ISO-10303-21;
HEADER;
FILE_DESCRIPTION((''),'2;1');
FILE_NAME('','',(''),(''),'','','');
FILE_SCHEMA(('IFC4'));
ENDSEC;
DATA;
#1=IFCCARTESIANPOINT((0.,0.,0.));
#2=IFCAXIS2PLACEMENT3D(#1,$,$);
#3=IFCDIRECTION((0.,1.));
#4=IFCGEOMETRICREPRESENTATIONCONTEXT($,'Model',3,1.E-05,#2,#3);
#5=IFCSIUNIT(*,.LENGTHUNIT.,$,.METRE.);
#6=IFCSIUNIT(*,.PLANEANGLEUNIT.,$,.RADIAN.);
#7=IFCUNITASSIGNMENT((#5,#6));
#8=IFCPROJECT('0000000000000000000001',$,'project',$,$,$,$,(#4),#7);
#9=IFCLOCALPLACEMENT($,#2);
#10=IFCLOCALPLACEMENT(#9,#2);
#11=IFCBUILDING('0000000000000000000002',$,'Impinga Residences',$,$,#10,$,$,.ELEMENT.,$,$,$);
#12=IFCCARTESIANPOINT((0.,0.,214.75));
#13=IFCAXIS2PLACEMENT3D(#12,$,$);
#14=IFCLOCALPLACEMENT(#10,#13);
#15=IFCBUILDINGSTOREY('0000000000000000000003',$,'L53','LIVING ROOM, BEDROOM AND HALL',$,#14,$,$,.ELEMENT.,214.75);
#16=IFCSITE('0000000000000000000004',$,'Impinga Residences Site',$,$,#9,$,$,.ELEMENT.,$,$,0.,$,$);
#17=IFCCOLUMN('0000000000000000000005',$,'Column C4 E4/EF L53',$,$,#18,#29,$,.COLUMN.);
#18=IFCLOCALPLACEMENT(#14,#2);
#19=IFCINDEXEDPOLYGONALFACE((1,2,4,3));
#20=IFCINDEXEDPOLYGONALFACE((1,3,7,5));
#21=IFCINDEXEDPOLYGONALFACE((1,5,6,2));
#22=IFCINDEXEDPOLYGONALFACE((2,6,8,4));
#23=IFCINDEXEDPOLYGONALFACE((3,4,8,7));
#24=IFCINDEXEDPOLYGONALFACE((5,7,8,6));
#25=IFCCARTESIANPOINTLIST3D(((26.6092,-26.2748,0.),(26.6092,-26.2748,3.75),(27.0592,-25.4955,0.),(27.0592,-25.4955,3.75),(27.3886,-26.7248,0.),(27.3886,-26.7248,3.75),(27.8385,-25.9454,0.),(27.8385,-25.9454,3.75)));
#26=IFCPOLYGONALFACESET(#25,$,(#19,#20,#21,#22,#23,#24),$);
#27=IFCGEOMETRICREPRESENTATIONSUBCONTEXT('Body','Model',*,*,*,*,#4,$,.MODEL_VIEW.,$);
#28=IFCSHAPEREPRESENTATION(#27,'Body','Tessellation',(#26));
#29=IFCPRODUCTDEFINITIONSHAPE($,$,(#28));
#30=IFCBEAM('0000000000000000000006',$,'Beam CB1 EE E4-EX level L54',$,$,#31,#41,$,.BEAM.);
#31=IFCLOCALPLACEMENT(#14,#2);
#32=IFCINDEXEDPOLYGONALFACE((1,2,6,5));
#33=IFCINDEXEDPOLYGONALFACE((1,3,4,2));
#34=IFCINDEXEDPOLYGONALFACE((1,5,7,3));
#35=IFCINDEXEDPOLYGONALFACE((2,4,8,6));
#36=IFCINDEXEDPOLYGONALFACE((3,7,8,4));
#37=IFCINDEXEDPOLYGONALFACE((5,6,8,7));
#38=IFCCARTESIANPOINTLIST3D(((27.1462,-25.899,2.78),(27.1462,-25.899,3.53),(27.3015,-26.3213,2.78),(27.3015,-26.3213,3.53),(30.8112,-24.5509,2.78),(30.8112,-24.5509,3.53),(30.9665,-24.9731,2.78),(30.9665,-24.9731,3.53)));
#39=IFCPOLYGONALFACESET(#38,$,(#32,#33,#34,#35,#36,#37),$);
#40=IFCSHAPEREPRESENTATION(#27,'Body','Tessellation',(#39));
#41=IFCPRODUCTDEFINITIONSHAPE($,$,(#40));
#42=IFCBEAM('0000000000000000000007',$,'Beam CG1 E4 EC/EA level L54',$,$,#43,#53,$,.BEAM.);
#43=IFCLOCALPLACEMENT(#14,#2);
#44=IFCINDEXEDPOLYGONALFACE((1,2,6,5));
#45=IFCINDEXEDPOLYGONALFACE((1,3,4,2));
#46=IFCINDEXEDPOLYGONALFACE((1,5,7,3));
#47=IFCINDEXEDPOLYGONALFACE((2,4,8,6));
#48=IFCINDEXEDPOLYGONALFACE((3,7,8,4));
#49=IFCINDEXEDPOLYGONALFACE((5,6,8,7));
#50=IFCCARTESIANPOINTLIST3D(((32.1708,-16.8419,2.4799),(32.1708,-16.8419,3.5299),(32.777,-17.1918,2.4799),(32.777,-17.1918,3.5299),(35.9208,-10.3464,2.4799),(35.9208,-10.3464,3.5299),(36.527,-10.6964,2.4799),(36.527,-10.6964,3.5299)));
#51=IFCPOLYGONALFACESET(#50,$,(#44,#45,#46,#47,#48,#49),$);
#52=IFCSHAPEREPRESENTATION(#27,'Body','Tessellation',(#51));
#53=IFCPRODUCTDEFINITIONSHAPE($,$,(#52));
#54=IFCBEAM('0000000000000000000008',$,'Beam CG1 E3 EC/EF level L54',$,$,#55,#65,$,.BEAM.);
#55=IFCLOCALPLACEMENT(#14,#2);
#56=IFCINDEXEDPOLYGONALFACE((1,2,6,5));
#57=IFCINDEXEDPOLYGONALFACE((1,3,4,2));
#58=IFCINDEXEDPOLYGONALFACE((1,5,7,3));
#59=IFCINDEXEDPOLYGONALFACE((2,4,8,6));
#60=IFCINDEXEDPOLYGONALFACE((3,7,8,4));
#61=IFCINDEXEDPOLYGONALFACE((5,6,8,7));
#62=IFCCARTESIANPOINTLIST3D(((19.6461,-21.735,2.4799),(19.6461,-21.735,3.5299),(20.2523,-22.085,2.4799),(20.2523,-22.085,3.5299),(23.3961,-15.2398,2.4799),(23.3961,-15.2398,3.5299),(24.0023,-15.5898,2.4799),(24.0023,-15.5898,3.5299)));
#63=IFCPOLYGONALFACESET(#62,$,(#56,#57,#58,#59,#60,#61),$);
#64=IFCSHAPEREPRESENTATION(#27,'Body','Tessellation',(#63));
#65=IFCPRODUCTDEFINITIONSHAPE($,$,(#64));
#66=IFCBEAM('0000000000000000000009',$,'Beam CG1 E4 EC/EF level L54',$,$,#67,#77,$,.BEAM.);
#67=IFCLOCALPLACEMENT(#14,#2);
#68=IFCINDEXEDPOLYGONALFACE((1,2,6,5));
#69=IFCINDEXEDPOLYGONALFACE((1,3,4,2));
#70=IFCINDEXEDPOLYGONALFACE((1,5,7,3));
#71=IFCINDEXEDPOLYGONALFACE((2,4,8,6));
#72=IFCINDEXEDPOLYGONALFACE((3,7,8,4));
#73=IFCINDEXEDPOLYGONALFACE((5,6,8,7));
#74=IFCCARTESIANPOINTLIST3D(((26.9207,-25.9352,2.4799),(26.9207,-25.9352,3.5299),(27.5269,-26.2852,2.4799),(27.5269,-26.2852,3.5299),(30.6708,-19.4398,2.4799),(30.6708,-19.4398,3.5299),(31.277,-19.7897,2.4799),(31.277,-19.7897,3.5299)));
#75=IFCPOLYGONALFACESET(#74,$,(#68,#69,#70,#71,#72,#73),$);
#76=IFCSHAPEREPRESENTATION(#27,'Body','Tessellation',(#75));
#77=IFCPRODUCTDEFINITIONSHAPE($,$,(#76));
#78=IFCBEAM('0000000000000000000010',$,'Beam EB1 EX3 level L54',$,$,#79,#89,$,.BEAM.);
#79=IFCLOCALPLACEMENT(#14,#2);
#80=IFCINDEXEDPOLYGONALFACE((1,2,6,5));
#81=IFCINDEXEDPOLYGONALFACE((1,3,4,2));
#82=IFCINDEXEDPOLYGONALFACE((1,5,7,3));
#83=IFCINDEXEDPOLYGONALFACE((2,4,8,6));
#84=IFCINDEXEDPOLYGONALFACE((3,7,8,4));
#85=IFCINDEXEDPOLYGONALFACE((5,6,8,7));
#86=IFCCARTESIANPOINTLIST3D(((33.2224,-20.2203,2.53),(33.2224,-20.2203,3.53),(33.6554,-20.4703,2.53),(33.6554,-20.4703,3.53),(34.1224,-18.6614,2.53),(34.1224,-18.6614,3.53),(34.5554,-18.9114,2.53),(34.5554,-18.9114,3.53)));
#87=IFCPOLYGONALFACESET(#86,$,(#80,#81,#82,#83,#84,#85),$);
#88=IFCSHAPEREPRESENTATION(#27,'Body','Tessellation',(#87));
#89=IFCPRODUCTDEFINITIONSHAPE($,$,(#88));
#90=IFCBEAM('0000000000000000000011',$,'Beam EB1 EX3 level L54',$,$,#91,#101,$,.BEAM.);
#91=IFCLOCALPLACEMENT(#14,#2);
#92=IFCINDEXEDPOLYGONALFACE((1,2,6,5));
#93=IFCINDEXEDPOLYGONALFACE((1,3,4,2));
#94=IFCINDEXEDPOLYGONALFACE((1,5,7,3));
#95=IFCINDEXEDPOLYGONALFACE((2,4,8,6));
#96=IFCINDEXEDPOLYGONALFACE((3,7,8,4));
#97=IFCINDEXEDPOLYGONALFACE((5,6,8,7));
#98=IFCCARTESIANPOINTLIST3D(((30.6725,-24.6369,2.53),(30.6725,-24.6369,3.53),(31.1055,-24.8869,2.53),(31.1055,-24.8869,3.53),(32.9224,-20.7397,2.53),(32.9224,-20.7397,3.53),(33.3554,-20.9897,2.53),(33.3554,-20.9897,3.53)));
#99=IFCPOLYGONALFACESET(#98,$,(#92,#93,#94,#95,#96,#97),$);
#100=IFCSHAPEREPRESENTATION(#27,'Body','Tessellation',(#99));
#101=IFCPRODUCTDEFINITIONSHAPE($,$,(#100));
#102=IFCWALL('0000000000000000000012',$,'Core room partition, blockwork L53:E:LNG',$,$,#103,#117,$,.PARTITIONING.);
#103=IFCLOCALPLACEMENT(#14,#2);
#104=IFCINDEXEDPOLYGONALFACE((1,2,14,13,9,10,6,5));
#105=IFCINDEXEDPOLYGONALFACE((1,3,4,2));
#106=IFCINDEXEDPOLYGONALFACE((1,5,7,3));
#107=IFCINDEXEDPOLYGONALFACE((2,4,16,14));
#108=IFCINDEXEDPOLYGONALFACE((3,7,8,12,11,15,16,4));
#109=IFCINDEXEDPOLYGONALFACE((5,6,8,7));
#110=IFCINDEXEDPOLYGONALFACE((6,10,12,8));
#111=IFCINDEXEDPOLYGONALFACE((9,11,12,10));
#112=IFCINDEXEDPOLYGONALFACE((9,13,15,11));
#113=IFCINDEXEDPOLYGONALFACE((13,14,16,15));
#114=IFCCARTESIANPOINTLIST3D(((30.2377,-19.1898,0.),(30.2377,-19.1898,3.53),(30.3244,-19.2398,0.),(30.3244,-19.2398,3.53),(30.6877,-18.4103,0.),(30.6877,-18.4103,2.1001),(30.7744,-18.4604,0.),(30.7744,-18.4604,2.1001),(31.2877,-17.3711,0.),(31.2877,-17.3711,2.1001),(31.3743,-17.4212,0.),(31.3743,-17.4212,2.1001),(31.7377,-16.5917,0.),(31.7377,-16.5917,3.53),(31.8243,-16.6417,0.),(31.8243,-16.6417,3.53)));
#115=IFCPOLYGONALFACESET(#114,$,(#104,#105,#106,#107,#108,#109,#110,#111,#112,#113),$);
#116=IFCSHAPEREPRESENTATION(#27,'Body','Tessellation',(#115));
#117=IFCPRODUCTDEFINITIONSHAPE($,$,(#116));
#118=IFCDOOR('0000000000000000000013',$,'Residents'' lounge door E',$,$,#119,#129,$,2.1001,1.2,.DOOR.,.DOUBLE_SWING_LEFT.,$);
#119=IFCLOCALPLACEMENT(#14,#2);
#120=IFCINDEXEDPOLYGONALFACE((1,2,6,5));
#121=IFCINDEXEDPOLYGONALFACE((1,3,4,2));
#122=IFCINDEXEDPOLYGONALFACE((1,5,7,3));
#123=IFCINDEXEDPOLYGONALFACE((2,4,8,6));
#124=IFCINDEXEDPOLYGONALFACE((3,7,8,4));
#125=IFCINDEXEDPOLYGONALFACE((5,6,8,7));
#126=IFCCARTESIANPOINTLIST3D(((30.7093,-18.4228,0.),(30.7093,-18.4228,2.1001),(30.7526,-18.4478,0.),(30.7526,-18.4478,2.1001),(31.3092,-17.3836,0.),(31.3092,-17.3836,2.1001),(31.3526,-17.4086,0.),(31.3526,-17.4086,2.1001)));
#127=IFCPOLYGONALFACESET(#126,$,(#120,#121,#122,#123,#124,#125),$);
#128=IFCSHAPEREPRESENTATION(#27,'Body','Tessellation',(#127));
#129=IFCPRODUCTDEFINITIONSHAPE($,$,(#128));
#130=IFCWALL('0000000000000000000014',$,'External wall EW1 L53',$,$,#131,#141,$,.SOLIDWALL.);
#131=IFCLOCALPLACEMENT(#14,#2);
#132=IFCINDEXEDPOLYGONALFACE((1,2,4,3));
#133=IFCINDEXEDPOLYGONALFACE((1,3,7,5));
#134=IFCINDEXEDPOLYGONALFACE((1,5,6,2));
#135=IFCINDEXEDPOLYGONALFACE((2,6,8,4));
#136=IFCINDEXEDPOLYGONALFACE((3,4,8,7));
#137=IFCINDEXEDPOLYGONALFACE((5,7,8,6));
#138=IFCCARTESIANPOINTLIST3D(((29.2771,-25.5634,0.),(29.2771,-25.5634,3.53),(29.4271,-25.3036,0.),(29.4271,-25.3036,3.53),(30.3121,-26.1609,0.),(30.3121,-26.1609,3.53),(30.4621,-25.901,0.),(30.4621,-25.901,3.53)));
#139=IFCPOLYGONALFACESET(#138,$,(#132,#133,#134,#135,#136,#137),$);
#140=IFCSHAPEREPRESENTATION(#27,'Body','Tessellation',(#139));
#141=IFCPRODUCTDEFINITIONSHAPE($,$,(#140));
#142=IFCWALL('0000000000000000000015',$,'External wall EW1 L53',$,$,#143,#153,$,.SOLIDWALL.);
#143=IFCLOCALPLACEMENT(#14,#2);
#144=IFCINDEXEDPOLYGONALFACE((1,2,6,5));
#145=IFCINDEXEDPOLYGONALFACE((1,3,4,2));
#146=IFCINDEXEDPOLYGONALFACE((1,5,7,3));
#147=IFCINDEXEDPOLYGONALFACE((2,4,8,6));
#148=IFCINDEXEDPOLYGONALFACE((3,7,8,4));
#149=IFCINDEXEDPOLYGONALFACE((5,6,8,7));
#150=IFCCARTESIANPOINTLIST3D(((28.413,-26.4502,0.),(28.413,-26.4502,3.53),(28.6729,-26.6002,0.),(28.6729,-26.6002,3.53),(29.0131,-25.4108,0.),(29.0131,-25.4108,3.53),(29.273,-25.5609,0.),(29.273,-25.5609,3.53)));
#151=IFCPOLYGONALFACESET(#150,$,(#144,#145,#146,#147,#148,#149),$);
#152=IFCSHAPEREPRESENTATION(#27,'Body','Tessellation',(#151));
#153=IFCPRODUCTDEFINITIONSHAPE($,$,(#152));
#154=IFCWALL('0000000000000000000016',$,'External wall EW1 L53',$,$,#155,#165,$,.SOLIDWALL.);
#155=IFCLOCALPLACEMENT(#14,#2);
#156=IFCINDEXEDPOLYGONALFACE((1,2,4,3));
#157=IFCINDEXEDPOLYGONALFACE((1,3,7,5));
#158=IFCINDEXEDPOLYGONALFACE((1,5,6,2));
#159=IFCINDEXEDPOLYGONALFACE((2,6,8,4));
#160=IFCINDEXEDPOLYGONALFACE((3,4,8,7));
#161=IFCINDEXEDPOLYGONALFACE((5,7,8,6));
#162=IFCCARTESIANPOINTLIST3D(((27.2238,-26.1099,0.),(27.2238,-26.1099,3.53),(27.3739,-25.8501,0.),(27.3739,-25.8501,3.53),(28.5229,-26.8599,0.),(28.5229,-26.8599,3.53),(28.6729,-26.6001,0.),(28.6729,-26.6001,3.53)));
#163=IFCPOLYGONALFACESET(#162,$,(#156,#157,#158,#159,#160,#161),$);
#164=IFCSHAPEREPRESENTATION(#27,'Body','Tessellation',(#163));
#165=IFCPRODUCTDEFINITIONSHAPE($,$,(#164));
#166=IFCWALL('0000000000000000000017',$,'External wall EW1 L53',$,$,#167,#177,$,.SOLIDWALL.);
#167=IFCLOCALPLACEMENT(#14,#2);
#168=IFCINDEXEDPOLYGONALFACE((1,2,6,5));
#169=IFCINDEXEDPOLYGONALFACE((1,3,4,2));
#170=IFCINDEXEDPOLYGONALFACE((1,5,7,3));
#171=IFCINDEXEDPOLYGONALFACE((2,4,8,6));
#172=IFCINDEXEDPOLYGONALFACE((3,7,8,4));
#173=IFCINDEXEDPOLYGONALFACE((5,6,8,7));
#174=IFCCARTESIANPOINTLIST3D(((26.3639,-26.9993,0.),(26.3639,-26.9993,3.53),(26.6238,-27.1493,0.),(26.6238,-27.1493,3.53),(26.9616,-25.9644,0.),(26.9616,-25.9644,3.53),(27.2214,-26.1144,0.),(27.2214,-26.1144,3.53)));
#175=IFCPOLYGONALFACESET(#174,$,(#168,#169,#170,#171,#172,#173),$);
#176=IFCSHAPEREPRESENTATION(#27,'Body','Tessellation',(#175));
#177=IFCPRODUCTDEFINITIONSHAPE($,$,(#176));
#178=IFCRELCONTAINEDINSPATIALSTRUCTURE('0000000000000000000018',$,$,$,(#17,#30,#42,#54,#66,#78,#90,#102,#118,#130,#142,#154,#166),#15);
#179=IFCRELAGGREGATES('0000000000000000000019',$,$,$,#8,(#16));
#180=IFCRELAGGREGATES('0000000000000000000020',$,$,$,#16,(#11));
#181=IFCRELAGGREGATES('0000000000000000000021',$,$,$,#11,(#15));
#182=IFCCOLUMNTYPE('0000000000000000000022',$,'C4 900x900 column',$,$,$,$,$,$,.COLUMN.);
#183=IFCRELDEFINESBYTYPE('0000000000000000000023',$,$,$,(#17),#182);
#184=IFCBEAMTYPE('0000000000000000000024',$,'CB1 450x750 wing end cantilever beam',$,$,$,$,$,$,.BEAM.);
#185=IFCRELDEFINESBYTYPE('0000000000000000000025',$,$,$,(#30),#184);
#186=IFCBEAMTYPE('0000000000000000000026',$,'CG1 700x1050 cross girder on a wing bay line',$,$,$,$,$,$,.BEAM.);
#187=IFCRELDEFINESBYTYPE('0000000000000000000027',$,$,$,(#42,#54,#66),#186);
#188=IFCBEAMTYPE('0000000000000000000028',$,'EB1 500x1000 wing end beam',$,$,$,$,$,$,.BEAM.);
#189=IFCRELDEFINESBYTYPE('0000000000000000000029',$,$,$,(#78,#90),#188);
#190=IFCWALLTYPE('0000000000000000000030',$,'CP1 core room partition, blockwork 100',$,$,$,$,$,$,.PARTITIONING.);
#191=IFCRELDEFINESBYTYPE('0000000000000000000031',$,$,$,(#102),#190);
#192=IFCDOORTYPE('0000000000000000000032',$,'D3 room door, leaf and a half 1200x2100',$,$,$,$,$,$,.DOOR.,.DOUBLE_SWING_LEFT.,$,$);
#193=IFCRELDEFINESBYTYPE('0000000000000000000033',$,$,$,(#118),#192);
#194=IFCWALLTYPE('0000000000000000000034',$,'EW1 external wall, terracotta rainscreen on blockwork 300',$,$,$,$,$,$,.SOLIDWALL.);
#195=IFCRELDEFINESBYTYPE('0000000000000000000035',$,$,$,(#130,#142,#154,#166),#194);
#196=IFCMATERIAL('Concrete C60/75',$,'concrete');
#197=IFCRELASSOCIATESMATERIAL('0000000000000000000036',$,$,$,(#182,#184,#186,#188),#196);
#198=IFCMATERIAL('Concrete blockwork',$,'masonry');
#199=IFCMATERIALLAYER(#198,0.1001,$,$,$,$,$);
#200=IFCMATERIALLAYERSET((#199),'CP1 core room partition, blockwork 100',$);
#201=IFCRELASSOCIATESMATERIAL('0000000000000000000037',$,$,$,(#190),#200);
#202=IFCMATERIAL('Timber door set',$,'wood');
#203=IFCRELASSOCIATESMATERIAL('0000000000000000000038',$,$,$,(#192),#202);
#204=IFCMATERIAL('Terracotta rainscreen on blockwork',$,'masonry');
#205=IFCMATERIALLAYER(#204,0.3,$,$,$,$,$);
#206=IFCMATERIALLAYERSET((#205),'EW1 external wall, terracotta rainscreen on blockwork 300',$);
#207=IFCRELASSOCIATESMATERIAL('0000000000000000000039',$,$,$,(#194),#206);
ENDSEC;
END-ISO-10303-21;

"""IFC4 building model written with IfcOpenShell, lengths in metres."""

from ifc_helpers import new_model, si_unit, direction, frame, frame_2d, origin, origin_2d, place, context, subcontext, project, spatial, rectangle, extrude, material, layer, layer_set, material_profile, profile_set, type_object, element, fill, save


model = new_model("IFC4")

# Units and contexts
model_context = context("Model", 3, precision=1e-05, world=origin(), true_north=direction((0.0, 1.0)))
body_context = subcontext(model_context, "Body", "Model", "MODEL_VIEW")
ifc_project = project(units=[si_unit("LENGTHUNIT", "METRE"), si_unit("PLANEANGLEUNIT", "RADIAN")], contexts=[model_context])

# Site, building, storey
site_placement = place(None, origin())
site = spatial("IfcSite", under=ifc_project, at=site_placement, Name="Impinga Residences Site", CompositionType="ELEMENT", RefElevation=0.0)
building_placement = place(site_placement, origin())
building = spatial("IfcBuilding", under=site, at=building_placement, Name="Impinga Residences", CompositionType="ELEMENT")
storey_placement = place(building_placement, frame((0.0, 0.0, 214.75)))
storey = spatial("IfcBuildingStorey", under=building, at=storey_placement, Name="L53", Description="LIVING ROOM, BEDROOM AND HALL", CompositionType="ELEMENT", Elevation=214.75)

# Column
ifc_material_1 = material(Name="Concrete C60/75", Category="concrete")
ifc_material_profile_1 = material_profile(ifc_material_1, rectangle(XDim=0.8999, YDim=0.8999, at=origin_2d()), Name="RC 900x900")
ifc_profile_set_1 = profile_set([ifc_material_profile_1], Name="Concrete C60/75")
column_type = type_object("IfcColumnType", Name="C4 900x900 column", PredefinedType="COLUMN", material=ifc_profile_set_1)
column_placement = place(storey_placement, frame((27.2239, -26.1101, 0.0), z_axis=(0.0, 0.0, 1.0), x_axis=(-0.5, -0.866025, 0.0)))
element("IfcColumn", 1, at=column_placement, inside=storey, type_object=column_type, Name="Column C4 E4/EF L53", PredefinedType="COLUMN", context=body_context, shape_type="SweptSolid", body=[
    extrude(rectangle(XDim=0.8999, YDim=0.8999, at=origin_2d()), origin(), (0.0, 0.0, 1.0), 3.75),
])

# Beams
ifc_material_profile_2 = material_profile(ifc_material_1, rectangle(XDim=0.45, YDim=0.75, at=origin_2d()), Name="RC 450x750")
ifc_profile_set_2 = profile_set([ifc_material_profile_2], Name="Concrete C60/75")
beam_type_1 = type_object("IfcBeamType", Name="CB1 450x750 wing end cantilever beam", PredefinedType="BEAM", material=ifc_profile_set_2)
beam_1_placement = place(storey_placement, frame((27.2239, -26.1101, 3.155), z_axis=(0.93852, 0.345224, 0.0), x_axis=(-0.345224, 0.93852, 0.0)))
element("IfcBeam", 2, at=beam_1_placement, inside=storey, type_object=beam_type_1, Name="Beam CB1 EE E4-EX level L54", PredefinedType="BEAM", context=body_context, shape_type="SweptSolid", body=[
    extrude(rectangle(XDim=0.45, YDim=0.75, at=origin_2d()), origin(), (0.0, 0.0, 1.0), 3.905),
])
ifc_material_profile_3 = material_profile(ifc_material_1, rectangle(XDim=0.7, YDim=1.05, at=origin_2d()), Name="RC 700x1050")
ifc_profile_set_3 = profile_set([ifc_material_profile_3], Name="Concrete C60/75")
beam_type_2 = type_object("IfcBeamType", Name="CG1 700x1050 cross girder on a wing bay line", PredefinedType="BEAM", material=ifc_profile_set_3)
beam_2_placement = place(storey_placement, frame((32.4739, -17.0168, 3.0049), z_axis=(0.49999, 0.866031, 0.0), x_axis=(-0.866031, 0.49999, 0.0)))
element("IfcBeam", 3, at=beam_2_placement, inside=storey, type_object=beam_type_2, Name="Beam CG1 E4 EC/EA level L54", PredefinedType="BEAM", context=body_context, shape_type="SweptSolid", body=[
    extrude(rectangle(XDim=0.7, YDim=1.05, at=origin_2d()), origin(), (0.0, 0.0, 1.0), 7.5002),
])
beam_3_placement = place(storey_placement, frame((23.6992, -15.4148, 3.0049), z_axis=(-0.500004, -0.866023, 0.0), x_axis=(0.866023, -0.500004, 0.0)))
element("IfcBeam", 4, at=beam_3_placement, inside=storey, type_object=beam_type_2, Name="Beam CG1 E3 EC/EF level L54", PredefinedType="BEAM", context=body_context, shape_type="SweptSolid", body=[
    extrude(rectangle(XDim=0.7, YDim=1.05, at=origin_2d()), origin(), (0.0, 0.0, 1.0), 7.5),
])
beam_4_placement = place(storey_placement, frame((30.9739, -19.6147, 3.0049), z_axis=(-0.49999, -0.866031, 0.0), x_axis=(0.866031, -0.49999, 0.0)))
element("IfcBeam", 5, at=beam_4_placement, inside=storey, type_object=beam_type_2, Name="Beam CG1 E4 EC/EF level L54", PredefinedType="BEAM", context=body_context, shape_type="SweptSolid", body=[
    extrude(rectangle(XDim=0.7, YDim=1.05, at=origin_2d()), origin(), (0.0, 0.0, 1.0), 7.5002),
])
ifc_material_profile_4 = material_profile(ifc_material_1, rectangle(XDim=0.5, YDim=1.0, at=origin_2d()), Name="RC 500x1000")
ifc_profile_set_4 = profile_set([ifc_material_profile_4], Name="Concrete C60/75")
beam_type_3 = type_object("IfcBeamType", Name="EB1 500x1000 wing end beam", PredefinedType="BEAM", material=ifc_profile_set_4)
beam_5_placement = place(storey_placement, frame((34.3389, -18.7864, 3.03), z_axis=(-0.499961, -0.866048, 0.0), x_axis=(0.866048, -0.499961, 0.0)))
element("IfcBeam", 6, at=beam_5_placement, inside=storey, type_object=beam_type_3, Name="Beam EB1 EX3 level L54", PredefinedType="BEAM", context=body_context, shape_type="SweptSolid", body=[
    extrude(rectangle(XDim=0.5, YDim=1.0, at=origin_2d()), origin(), (0.0, 0.0, 1.0), 1.8),
])
beam_6_placement = place(storey_placement, frame((33.1389, -20.8647, 3.03), z_axis=(-0.49999, -0.866031, 0.0), x_axis=(0.866031, -0.49999, 0.0)))
element("IfcBeam", 7, at=beam_6_placement, inside=storey, type_object=beam_type_3, Name="Beam EB1 EX3 level L54", PredefinedType="BEAM", context=body_context, shape_type="SweptSolid", body=[
    extrude(rectangle(XDim=0.5, YDim=1.0, at=origin_2d()), origin(), (0.0, 0.0, 1.0), 4.5),
])

# Wall, opening, door
ifc_material_2 = material(Name="Concrete blockwork", Category="masonry")
ifc_layer_1 = layer(ifc_material_2, 0.1001)
ifc_layer_set_1 = layer_set([ifc_layer_1], Name="CP1 core room partition, blockwork 100")
wall_type_1 = type_object("IfcWallType", Name="CP1 core room partition, blockwork 100", PredefinedType="PARTITIONING", material=ifc_layer_set_1)
wall_1_placement = place(storey_placement, frame((31.781, -16.6167, 0.0), z_axis=(0.0, 0.0, 1.0), x_axis=(-0.49999, -0.866031, 0.0)))
wall_1 = element("IfcWall", 8, at=wall_1_placement, inside=storey, type_object=wall_type_1, Name="Core room partition, blockwork L53:E:LNG", PredefinedType="PARTITIONING", context=body_context, shape_type="SweptSolid", body=[
    extrude(rectangle(XDim=3.0, YDim=0.1001, at=frame_2d((1.5, 0.0))), origin(), (0.0, 0.0, 1.0), 3.53),
])
opening_1_placement = place(wall_1_placement, frame((0.8999, 0.0, 0.0)))
opening_1 = element("IfcOpeningElement", 9, at=opening_1_placement, cuts=wall_1, PredefinedType="OPENING", context=body_context, shape_type="SweptSolid", body=[
    extrude(rectangle(XDim=1.2, YDim=2.1001, at=frame_2d((0.6001, 1.05))), frame((0.0, 0.0601, 0.0), z_axis=(0.0, -1.0, 0.0), x_axis=(1.0, 0.0, 0.0)), (0.0, 0.0, 1.0), 0.1201),
])
ifc_material_3 = material(Name="Timber door set", Category="wood")
door_type_1 = type_object("IfcDoorType", Name="D3 room door, leaf and a half 1200x2100", OperationType="DOUBLE_SWING_LEFT", PredefinedType="DOOR", material=ifc_material_3)
door_1_placement = place(opening_1_placement, origin())
door_1 = element("IfcDoor", 10, at=door_1_placement, inside=storey, type_object=door_type_1, Name="Residents' lounge door E", OperationType="DOUBLE_SWING_LEFT", OverallHeight=2.1001, OverallWidth=1.2, PredefinedType="DOOR", context=body_context, shape_type="SweptSolid", body=[
    extrude(rectangle(XDim=1.2, YDim=2.1001, at=frame_2d((0.6001, 1.05))), frame((0.0, 0.0249, 0.0), z_axis=(0.0, -1.0, 0.0), x_axis=(1.0, 0.0, 0.0)), (0.0, 0.0, 1.0), 0.05),
])
fill(opening_1, door_1)

# Walls
ifc_material_4 = material(Name="Terracotta rainscreen on blockwork", Category="masonry")
ifc_layer_2 = layer(ifc_material_4, 0.3)
ifc_layer_set_2 = layer_set([ifc_layer_2], Name="EW1 external wall, terracotta rainscreen on blockwork 300")
wall_type_2 = type_object("IfcWallType", Name="EW1 external wall, terracotta rainscreen on blockwork 300", PredefinedType="SOLIDWALL", material=ifc_layer_set_2)
wall_2_placement = place(storey_placement, frame((30.3872, -26.031, 0.0), z_axis=(0.0, 0.0, 1.0), x_axis=(-0.86606, 0.499941, 0.0)))
element("IfcWall", 11, at=wall_2_placement, inside=storey, type_object=wall_type_2, Name="External wall EW1 L53", PredefinedType="SOLIDWALL", context=body_context, shape_type="SweptSolid", body=[
    extrude(rectangle(XDim=1.1951, YDim=0.3, at=frame_2d((0.5977, 0.0))), origin(), (0.0, 0.0, 1.0), 3.53),
])
wall_3_placement = place(storey_placement, frame((29.1431, -25.4858, 0.0), z_axis=(0.0, 0.0, 1.0), x_axis=(-0.500034, -0.866006, 0.0)))
element("IfcWall", 12, at=wall_3_placement, inside=storey, type_object=wall_type_2, Name="External wall EW1 L53", PredefinedType="SOLIDWALL", context=body_context, shape_type="SweptSolid", body=[
    extrude(rectangle(XDim=1.2002, YDim=0.3, at=frame_2d((0.6001, 0.0))), origin(), (0.0, 0.0, 1.0), 3.53),
])
wall_4_placement = place(storey_placement, frame((28.5979, -26.73, 0.0), z_axis=(0.0, 0.0, 1.0), x_axis=(-0.866031, 0.49999, 0.0)))
element("IfcWall", 13, at=wall_4_placement, inside=storey, type_object=wall_type_2, Name="External wall EW1 L53", PredefinedType="SOLIDWALL", context=body_context, shape_type="SweptSolid", body=[
    extrude(rectangle(XDim=1.5, YDim=0.3, at=frame_2d((0.75, 0.0))), origin(), (0.0, 0.0, 1.0), 3.53),
])
wall_5_placement = place(storey_placement, frame((27.0916, -26.0393, 0.0), z_axis=(0.0, 0.0, 1.0), x_axis=(-0.500094, -0.865971, 0.0)))
element("IfcWall", 14, at=wall_5_placement, inside=storey, type_object=wall_type_2, Name="External wall EW1 L53", PredefinedType="SOLIDWALL", context=body_context, shape_type="SweptSolid", body=[
    extrude(rectangle(XDim=1.1951, YDim=0.3, at=frame_2d((0.5977, 0.0))), origin(), (0.0, 0.0, 1.0), 3.53),
])

save(model, "model.ifc")
